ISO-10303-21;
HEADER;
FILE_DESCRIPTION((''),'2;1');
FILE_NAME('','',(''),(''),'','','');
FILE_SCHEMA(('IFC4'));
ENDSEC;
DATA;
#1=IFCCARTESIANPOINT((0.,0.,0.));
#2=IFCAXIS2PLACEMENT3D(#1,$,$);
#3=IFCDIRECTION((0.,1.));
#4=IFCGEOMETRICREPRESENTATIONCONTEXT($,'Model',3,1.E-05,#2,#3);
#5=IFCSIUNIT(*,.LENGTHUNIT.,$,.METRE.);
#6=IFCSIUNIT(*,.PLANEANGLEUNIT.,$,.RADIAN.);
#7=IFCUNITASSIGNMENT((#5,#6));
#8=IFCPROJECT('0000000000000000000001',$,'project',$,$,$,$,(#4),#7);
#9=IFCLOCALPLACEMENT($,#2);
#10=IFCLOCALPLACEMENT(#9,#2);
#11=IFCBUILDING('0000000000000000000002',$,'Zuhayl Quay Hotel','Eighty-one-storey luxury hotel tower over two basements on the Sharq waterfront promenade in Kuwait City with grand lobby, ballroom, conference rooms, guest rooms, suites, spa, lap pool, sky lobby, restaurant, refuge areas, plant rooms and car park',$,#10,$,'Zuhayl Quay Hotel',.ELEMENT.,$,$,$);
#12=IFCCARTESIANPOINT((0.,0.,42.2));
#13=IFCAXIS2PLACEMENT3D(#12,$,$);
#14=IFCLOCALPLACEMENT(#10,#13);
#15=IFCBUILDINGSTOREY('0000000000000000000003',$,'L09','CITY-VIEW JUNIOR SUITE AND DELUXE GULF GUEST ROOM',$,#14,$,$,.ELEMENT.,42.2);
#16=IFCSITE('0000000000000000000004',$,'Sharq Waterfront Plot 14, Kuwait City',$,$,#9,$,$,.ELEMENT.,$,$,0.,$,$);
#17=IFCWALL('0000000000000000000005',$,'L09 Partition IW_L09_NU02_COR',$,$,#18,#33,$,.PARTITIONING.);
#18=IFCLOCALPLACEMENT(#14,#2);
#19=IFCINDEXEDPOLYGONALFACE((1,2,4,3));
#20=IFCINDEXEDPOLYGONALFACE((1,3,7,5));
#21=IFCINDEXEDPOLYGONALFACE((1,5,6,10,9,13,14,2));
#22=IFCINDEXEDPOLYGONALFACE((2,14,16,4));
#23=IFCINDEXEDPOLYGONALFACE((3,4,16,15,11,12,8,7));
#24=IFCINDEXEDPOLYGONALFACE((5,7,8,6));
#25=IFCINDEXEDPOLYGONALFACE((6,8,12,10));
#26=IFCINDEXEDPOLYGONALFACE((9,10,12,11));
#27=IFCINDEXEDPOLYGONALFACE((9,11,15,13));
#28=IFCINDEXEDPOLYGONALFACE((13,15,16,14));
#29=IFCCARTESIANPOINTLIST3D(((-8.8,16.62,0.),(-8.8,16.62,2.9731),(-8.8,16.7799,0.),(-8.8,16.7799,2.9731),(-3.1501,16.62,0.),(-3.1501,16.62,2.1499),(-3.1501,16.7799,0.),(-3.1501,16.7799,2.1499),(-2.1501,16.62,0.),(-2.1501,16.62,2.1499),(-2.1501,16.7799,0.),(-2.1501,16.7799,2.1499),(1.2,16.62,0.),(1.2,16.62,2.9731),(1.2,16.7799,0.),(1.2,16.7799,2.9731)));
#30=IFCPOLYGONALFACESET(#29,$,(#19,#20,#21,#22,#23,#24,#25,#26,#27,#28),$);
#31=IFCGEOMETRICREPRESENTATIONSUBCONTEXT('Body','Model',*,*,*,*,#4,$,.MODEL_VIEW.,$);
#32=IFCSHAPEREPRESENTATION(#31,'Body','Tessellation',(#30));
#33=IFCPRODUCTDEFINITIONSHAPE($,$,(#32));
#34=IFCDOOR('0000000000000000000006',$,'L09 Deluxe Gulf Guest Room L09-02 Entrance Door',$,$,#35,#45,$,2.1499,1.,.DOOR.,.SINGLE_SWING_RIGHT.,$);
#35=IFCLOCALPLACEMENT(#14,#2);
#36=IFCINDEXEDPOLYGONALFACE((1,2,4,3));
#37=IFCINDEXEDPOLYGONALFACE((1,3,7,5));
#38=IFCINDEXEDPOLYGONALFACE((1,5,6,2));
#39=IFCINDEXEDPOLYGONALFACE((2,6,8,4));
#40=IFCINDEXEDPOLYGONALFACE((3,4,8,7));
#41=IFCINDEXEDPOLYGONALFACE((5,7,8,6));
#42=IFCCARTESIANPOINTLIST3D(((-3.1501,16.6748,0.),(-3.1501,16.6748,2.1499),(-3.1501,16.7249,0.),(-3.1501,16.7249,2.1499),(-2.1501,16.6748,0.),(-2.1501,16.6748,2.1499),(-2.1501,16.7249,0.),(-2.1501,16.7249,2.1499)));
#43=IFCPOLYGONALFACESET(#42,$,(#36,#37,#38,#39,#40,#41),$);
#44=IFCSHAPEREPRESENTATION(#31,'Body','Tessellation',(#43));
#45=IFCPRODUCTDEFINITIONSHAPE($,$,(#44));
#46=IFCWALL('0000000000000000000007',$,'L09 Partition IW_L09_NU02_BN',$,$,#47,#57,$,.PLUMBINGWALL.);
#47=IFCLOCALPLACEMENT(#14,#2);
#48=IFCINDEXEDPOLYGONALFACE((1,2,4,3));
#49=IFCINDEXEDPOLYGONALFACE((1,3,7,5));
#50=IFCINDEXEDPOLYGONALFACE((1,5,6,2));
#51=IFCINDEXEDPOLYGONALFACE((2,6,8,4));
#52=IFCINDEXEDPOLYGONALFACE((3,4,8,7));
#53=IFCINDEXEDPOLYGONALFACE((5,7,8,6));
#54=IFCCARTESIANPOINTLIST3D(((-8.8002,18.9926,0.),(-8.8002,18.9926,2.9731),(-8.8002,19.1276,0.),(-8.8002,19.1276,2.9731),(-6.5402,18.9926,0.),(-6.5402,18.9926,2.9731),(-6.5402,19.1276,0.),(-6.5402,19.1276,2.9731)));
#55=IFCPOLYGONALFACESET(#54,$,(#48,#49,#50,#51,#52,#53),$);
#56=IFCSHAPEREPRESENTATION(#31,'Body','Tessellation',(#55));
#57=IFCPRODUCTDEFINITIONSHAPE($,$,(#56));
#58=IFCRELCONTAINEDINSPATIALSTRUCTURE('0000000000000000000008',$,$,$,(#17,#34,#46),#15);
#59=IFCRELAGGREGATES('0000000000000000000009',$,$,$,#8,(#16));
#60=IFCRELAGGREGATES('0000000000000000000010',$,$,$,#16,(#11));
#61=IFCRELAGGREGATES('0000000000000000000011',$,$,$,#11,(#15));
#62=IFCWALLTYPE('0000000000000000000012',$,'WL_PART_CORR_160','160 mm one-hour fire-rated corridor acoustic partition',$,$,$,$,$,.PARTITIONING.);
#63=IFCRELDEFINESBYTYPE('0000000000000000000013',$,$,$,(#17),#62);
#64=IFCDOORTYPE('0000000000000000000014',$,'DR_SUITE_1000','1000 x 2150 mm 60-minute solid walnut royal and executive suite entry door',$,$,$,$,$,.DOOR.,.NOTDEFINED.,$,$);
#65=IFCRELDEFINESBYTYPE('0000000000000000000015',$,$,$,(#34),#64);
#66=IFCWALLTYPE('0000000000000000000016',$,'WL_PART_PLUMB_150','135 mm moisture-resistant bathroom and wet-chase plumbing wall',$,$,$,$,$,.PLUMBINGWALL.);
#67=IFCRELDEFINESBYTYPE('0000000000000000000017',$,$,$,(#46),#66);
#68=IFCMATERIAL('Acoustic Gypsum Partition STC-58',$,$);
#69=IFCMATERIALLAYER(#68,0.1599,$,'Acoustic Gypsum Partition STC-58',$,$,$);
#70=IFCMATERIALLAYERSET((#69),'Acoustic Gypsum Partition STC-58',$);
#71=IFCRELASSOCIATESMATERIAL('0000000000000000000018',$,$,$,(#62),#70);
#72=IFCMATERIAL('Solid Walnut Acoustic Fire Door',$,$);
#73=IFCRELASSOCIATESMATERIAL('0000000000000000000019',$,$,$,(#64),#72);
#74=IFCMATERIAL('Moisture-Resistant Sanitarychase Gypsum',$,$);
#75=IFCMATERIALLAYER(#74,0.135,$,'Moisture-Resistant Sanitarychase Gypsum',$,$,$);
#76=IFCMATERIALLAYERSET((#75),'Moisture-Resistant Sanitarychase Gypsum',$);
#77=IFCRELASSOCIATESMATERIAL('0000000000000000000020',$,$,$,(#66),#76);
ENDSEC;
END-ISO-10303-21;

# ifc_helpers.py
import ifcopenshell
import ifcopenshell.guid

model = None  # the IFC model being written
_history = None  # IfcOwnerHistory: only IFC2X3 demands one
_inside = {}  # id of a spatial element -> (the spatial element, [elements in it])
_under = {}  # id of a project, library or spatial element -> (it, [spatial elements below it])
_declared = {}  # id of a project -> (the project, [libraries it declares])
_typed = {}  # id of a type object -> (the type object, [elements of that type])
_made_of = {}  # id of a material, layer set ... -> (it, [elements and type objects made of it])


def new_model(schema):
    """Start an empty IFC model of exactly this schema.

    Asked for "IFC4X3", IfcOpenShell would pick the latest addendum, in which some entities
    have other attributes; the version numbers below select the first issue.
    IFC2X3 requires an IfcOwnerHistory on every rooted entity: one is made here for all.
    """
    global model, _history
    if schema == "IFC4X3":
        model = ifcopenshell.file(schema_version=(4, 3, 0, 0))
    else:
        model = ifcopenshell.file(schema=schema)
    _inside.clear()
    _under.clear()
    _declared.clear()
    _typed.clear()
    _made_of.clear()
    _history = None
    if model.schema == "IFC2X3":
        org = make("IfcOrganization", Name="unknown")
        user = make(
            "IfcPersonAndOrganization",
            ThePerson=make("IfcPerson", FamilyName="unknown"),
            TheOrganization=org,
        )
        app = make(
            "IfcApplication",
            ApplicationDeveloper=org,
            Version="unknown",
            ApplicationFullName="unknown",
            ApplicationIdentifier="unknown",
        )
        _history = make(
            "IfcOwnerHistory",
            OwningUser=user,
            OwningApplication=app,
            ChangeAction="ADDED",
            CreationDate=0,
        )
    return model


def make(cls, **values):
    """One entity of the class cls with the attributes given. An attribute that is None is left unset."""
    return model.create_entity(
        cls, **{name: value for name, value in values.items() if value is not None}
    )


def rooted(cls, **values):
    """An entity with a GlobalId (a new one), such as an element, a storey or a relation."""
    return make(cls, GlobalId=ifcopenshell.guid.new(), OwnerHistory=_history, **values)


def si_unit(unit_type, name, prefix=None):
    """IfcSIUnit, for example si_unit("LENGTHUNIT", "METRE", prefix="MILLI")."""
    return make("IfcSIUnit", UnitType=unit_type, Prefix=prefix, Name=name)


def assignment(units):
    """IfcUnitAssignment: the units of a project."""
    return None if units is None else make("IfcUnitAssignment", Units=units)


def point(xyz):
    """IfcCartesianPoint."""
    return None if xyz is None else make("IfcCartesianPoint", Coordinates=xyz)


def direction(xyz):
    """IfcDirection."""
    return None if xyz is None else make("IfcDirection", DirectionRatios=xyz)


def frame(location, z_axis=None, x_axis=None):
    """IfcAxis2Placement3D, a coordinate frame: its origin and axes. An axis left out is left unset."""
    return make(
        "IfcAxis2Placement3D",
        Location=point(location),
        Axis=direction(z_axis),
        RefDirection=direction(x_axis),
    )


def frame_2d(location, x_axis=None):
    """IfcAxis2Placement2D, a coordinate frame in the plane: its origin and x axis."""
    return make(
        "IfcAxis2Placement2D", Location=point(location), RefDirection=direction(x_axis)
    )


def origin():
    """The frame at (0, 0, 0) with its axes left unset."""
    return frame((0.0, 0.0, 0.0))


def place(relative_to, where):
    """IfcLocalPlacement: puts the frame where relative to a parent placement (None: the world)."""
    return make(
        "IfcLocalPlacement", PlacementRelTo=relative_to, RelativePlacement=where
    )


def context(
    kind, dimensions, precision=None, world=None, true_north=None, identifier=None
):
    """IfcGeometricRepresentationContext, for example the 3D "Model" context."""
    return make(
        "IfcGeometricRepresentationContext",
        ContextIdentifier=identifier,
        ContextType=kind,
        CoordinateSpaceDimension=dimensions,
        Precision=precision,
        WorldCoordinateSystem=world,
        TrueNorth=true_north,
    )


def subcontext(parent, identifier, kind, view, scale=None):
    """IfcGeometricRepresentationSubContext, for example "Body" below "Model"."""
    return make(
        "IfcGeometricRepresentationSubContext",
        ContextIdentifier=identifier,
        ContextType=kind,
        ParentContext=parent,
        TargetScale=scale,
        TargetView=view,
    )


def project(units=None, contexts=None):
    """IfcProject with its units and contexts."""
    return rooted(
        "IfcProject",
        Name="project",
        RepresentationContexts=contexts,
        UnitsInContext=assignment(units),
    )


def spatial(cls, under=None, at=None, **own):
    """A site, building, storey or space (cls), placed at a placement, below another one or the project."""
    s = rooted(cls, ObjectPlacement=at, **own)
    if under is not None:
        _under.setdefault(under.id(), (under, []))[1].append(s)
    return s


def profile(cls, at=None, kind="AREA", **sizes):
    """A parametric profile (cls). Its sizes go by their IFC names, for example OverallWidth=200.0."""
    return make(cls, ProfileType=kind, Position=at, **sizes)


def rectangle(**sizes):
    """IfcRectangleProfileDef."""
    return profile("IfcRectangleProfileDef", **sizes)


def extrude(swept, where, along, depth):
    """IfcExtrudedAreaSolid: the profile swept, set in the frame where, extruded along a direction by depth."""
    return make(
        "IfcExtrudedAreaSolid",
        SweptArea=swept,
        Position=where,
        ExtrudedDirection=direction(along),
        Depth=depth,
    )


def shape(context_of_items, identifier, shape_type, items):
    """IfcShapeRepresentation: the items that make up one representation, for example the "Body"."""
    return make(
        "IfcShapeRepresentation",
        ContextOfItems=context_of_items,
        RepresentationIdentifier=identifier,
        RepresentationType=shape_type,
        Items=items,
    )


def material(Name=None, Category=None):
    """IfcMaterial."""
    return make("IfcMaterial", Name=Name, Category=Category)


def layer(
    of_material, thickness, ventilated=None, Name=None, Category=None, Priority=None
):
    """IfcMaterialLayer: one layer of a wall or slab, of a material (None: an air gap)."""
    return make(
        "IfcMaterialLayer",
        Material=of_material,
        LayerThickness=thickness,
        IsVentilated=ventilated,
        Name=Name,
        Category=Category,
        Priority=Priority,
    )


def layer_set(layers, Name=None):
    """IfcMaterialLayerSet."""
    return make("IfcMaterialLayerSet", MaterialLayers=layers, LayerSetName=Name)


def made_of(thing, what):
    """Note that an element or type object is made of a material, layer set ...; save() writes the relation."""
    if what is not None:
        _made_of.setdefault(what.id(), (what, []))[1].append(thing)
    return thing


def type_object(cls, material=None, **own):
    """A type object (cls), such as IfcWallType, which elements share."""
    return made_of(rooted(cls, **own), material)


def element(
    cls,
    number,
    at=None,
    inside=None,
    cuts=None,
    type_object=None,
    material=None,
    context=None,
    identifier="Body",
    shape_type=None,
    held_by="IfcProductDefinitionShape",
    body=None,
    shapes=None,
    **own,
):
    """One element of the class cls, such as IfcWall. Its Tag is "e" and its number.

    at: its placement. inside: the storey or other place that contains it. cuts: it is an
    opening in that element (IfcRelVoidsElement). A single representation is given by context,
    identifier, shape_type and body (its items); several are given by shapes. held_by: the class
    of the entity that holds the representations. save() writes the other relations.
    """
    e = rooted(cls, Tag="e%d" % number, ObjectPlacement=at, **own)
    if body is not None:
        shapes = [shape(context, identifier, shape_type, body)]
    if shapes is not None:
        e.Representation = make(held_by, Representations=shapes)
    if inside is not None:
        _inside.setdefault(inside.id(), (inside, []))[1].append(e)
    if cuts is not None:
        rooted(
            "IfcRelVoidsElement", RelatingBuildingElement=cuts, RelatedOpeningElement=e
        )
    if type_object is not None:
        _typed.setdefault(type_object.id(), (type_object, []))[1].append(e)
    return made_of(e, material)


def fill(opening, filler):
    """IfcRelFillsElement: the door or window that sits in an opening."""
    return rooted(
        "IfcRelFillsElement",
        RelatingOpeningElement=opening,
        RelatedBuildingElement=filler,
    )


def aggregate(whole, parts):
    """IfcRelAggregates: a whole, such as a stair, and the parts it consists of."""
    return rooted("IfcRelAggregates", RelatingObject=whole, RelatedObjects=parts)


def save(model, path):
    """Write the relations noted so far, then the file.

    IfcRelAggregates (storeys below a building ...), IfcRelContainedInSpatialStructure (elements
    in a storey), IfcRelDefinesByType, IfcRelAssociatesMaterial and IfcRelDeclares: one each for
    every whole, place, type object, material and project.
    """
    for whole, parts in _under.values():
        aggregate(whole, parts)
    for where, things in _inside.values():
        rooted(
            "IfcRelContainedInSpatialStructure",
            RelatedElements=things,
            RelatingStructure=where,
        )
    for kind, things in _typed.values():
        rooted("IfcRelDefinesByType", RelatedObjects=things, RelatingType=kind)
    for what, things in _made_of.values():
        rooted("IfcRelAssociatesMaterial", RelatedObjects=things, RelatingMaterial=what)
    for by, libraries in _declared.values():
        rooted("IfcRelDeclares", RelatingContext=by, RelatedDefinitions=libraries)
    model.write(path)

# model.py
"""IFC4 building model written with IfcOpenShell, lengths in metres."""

from ifc_helpers import new_model, si_unit, direction, frame, frame_2d, origin, place, context, subcontext, project, spatial, rectangle, extrude, material, layer, layer_set, type_object, element, fill, save


model = new_model("IFC4")

# Units and contexts
model_context = context("Model", 3, precision=1e-05, world=origin(), true_north=direction((0.0, 1.0)))
body_context = subcontext(model_context, "Body", "Model", "MODEL_VIEW")
ifc_project = project(units=[si_unit("LENGTHUNIT", "METRE"), si_unit("PLANEANGLEUNIT", "RADIAN")], contexts=[model_context])

# Site, building, storey
site_placement = place(None, origin())
site = spatial("IfcSite", under=ifc_project, at=site_placement, Name="Sharq Waterfront Plot 14, Kuwait City", CompositionType="ELEMENT", RefElevation=0.0)
building_placement = place(site_placement, origin())
building = spatial("IfcBuilding", under=site, at=building_placement, Name="Zuhayl Quay Hotel", Description="Eighty-one-storey luxury hotel tower over two basements on the Sharq waterfront promenade in Kuwait City with grand lobby, ballroom, conference rooms, guest rooms, suites, spa, lap pool, sky lobby, restaurant, refuge areas, plant rooms and car park", LongName="Zuhayl Quay Hotel", CompositionType="ELEMENT")
storey_placement = place(building_placement, frame((0.0, 0.0, 42.2)))
storey = spatial("IfcBuildingStorey", under=building, at=storey_placement, Name="L09", Description="CITY-VIEW JUNIOR SUITE AND DELUXE GULF GUEST ROOM", CompositionType="ELEMENT", Elevation=42.2)

# Shared definitions
ifc_material_1 = material(Name="Acoustic Gypsum Partition STC-58")

# Wall, opening, door
ifc_layer_1 = layer(ifc_material_1, 0.1599, Name="Acoustic Gypsum Partition STC-58")
ifc_layer_set_1 = layer_set([ifc_layer_1], Name="Acoustic Gypsum Partition STC-58")
wall_type_1 = type_object("IfcWallType", Name="WL_PART_CORR_160", Description="160 mm one-hour fire-rated corridor acoustic partition", PredefinedType="PARTITIONING", material=ifc_layer_set_1)
wall_1_placement = place(storey_placement, frame((-8.8, 16.7, 0.0), z_axis=(0.0, 0.0, 1.0), x_axis=(1.0, 0.0, 0.0)))
wall_1 = element("IfcWall", 1, at=wall_1_placement, inside=storey, type_object=wall_type_1, Name="L09 Partition IW_L09_NU02_COR", PredefinedType="PARTITIONING", context=body_context, shape_type="SweptSolid", body=[
    extrude(rectangle(XDim=10.0, YDim=0.1599, at=frame_2d((5.0, 0.0))), origin(), (0.0, 0.0, 1.0), 2.9731),
])
opening_placement = place(wall_1_placement, frame((5.6499, 0.0, 0.0)))
opening = element("IfcOpeningElement", 2, at=opening_placement, cuts=wall_1, PredefinedType="OPENING", context=body_context, shape_type="SweptSolid", body=[
    extrude(rectangle(XDim=1.0, YDim=2.1499, at=frame_2d((0.5, 1.075))), frame((0.0, 0.0898, 0.0), z_axis=(0.0, -1.0, 0.0), x_axis=(1.0, 0.0, 0.0)), (0.0, 0.0, 1.0), 0.1799),
])
ifc_material_2 = material(Name="Solid Walnut Acoustic Fire Door")
door_type = type_object("IfcDoorType", Name="DR_SUITE_1000", Description="1000 x 2150 mm 60-minute solid walnut royal and executive suite entry door", OperationType="NOTDEFINED", PredefinedType="DOOR", material=ifc_material_2)
door_placement = place(opening_placement, origin())
door = element("IfcDoor", 3, at=door_placement, inside=storey, type_object=door_type, Name="L09 Deluxe Gulf Guest Room L09-02 Entrance Door", OperationType="SINGLE_SWING_RIGHT", OverallHeight=2.1499, OverallWidth=1.0, PredefinedType="DOOR", context=body_context, shape_type="SweptSolid", body=[
    extrude(rectangle(XDim=1.0, YDim=2.1499, at=frame_2d((0.5, 1.075))), frame((0.0, 0.0249, 0.0), z_axis=(0.0, -1.0, 0.0), x_axis=(1.0, 0.0, 0.0)), (0.0, 0.0, 1.0), 0.05),
])
fill(opening, door)

# Wall
ifc_material_3 = material(Name="Moisture-Resistant Sanitarychase Gypsum")
ifc_layer_2 = layer(ifc_material_3, 0.135, Name="Moisture-Resistant Sanitarychase Gypsum")
ifc_layer_set_2 = layer_set([ifc_layer_2], Name="Moisture-Resistant Sanitarychase Gypsum")
wall_type_2 = type_object("IfcWallType", Name="WL_PART_PLUMB_150", Description="135 mm moisture-resistant bathroom and wet-chase plumbing wall", PredefinedType="PLUMBINGWALL", material=ifc_layer_set_2)
wall_2_placement = place(storey_placement, frame((-8.8, 19.0601, 0.0), z_axis=(0.0, 0.0, 1.0), x_axis=(1.0, 0.0, 0.0)))
element("IfcWall", 4, at=wall_2_placement, inside=storey, type_object=wall_type_2, Name="L09 Partition IW_L09_NU02_BN", PredefinedType="PLUMBINGWALL", context=body_context, shape_type="SweptSolid", body=[
    extrude(rectangle(XDim=2.26, YDim=0.135, at=frame_2d((1.1299, 0.0))), origin(), (0.0, 0.0, 1.0), 2.9731),
])

save(model, "model.ifc")
